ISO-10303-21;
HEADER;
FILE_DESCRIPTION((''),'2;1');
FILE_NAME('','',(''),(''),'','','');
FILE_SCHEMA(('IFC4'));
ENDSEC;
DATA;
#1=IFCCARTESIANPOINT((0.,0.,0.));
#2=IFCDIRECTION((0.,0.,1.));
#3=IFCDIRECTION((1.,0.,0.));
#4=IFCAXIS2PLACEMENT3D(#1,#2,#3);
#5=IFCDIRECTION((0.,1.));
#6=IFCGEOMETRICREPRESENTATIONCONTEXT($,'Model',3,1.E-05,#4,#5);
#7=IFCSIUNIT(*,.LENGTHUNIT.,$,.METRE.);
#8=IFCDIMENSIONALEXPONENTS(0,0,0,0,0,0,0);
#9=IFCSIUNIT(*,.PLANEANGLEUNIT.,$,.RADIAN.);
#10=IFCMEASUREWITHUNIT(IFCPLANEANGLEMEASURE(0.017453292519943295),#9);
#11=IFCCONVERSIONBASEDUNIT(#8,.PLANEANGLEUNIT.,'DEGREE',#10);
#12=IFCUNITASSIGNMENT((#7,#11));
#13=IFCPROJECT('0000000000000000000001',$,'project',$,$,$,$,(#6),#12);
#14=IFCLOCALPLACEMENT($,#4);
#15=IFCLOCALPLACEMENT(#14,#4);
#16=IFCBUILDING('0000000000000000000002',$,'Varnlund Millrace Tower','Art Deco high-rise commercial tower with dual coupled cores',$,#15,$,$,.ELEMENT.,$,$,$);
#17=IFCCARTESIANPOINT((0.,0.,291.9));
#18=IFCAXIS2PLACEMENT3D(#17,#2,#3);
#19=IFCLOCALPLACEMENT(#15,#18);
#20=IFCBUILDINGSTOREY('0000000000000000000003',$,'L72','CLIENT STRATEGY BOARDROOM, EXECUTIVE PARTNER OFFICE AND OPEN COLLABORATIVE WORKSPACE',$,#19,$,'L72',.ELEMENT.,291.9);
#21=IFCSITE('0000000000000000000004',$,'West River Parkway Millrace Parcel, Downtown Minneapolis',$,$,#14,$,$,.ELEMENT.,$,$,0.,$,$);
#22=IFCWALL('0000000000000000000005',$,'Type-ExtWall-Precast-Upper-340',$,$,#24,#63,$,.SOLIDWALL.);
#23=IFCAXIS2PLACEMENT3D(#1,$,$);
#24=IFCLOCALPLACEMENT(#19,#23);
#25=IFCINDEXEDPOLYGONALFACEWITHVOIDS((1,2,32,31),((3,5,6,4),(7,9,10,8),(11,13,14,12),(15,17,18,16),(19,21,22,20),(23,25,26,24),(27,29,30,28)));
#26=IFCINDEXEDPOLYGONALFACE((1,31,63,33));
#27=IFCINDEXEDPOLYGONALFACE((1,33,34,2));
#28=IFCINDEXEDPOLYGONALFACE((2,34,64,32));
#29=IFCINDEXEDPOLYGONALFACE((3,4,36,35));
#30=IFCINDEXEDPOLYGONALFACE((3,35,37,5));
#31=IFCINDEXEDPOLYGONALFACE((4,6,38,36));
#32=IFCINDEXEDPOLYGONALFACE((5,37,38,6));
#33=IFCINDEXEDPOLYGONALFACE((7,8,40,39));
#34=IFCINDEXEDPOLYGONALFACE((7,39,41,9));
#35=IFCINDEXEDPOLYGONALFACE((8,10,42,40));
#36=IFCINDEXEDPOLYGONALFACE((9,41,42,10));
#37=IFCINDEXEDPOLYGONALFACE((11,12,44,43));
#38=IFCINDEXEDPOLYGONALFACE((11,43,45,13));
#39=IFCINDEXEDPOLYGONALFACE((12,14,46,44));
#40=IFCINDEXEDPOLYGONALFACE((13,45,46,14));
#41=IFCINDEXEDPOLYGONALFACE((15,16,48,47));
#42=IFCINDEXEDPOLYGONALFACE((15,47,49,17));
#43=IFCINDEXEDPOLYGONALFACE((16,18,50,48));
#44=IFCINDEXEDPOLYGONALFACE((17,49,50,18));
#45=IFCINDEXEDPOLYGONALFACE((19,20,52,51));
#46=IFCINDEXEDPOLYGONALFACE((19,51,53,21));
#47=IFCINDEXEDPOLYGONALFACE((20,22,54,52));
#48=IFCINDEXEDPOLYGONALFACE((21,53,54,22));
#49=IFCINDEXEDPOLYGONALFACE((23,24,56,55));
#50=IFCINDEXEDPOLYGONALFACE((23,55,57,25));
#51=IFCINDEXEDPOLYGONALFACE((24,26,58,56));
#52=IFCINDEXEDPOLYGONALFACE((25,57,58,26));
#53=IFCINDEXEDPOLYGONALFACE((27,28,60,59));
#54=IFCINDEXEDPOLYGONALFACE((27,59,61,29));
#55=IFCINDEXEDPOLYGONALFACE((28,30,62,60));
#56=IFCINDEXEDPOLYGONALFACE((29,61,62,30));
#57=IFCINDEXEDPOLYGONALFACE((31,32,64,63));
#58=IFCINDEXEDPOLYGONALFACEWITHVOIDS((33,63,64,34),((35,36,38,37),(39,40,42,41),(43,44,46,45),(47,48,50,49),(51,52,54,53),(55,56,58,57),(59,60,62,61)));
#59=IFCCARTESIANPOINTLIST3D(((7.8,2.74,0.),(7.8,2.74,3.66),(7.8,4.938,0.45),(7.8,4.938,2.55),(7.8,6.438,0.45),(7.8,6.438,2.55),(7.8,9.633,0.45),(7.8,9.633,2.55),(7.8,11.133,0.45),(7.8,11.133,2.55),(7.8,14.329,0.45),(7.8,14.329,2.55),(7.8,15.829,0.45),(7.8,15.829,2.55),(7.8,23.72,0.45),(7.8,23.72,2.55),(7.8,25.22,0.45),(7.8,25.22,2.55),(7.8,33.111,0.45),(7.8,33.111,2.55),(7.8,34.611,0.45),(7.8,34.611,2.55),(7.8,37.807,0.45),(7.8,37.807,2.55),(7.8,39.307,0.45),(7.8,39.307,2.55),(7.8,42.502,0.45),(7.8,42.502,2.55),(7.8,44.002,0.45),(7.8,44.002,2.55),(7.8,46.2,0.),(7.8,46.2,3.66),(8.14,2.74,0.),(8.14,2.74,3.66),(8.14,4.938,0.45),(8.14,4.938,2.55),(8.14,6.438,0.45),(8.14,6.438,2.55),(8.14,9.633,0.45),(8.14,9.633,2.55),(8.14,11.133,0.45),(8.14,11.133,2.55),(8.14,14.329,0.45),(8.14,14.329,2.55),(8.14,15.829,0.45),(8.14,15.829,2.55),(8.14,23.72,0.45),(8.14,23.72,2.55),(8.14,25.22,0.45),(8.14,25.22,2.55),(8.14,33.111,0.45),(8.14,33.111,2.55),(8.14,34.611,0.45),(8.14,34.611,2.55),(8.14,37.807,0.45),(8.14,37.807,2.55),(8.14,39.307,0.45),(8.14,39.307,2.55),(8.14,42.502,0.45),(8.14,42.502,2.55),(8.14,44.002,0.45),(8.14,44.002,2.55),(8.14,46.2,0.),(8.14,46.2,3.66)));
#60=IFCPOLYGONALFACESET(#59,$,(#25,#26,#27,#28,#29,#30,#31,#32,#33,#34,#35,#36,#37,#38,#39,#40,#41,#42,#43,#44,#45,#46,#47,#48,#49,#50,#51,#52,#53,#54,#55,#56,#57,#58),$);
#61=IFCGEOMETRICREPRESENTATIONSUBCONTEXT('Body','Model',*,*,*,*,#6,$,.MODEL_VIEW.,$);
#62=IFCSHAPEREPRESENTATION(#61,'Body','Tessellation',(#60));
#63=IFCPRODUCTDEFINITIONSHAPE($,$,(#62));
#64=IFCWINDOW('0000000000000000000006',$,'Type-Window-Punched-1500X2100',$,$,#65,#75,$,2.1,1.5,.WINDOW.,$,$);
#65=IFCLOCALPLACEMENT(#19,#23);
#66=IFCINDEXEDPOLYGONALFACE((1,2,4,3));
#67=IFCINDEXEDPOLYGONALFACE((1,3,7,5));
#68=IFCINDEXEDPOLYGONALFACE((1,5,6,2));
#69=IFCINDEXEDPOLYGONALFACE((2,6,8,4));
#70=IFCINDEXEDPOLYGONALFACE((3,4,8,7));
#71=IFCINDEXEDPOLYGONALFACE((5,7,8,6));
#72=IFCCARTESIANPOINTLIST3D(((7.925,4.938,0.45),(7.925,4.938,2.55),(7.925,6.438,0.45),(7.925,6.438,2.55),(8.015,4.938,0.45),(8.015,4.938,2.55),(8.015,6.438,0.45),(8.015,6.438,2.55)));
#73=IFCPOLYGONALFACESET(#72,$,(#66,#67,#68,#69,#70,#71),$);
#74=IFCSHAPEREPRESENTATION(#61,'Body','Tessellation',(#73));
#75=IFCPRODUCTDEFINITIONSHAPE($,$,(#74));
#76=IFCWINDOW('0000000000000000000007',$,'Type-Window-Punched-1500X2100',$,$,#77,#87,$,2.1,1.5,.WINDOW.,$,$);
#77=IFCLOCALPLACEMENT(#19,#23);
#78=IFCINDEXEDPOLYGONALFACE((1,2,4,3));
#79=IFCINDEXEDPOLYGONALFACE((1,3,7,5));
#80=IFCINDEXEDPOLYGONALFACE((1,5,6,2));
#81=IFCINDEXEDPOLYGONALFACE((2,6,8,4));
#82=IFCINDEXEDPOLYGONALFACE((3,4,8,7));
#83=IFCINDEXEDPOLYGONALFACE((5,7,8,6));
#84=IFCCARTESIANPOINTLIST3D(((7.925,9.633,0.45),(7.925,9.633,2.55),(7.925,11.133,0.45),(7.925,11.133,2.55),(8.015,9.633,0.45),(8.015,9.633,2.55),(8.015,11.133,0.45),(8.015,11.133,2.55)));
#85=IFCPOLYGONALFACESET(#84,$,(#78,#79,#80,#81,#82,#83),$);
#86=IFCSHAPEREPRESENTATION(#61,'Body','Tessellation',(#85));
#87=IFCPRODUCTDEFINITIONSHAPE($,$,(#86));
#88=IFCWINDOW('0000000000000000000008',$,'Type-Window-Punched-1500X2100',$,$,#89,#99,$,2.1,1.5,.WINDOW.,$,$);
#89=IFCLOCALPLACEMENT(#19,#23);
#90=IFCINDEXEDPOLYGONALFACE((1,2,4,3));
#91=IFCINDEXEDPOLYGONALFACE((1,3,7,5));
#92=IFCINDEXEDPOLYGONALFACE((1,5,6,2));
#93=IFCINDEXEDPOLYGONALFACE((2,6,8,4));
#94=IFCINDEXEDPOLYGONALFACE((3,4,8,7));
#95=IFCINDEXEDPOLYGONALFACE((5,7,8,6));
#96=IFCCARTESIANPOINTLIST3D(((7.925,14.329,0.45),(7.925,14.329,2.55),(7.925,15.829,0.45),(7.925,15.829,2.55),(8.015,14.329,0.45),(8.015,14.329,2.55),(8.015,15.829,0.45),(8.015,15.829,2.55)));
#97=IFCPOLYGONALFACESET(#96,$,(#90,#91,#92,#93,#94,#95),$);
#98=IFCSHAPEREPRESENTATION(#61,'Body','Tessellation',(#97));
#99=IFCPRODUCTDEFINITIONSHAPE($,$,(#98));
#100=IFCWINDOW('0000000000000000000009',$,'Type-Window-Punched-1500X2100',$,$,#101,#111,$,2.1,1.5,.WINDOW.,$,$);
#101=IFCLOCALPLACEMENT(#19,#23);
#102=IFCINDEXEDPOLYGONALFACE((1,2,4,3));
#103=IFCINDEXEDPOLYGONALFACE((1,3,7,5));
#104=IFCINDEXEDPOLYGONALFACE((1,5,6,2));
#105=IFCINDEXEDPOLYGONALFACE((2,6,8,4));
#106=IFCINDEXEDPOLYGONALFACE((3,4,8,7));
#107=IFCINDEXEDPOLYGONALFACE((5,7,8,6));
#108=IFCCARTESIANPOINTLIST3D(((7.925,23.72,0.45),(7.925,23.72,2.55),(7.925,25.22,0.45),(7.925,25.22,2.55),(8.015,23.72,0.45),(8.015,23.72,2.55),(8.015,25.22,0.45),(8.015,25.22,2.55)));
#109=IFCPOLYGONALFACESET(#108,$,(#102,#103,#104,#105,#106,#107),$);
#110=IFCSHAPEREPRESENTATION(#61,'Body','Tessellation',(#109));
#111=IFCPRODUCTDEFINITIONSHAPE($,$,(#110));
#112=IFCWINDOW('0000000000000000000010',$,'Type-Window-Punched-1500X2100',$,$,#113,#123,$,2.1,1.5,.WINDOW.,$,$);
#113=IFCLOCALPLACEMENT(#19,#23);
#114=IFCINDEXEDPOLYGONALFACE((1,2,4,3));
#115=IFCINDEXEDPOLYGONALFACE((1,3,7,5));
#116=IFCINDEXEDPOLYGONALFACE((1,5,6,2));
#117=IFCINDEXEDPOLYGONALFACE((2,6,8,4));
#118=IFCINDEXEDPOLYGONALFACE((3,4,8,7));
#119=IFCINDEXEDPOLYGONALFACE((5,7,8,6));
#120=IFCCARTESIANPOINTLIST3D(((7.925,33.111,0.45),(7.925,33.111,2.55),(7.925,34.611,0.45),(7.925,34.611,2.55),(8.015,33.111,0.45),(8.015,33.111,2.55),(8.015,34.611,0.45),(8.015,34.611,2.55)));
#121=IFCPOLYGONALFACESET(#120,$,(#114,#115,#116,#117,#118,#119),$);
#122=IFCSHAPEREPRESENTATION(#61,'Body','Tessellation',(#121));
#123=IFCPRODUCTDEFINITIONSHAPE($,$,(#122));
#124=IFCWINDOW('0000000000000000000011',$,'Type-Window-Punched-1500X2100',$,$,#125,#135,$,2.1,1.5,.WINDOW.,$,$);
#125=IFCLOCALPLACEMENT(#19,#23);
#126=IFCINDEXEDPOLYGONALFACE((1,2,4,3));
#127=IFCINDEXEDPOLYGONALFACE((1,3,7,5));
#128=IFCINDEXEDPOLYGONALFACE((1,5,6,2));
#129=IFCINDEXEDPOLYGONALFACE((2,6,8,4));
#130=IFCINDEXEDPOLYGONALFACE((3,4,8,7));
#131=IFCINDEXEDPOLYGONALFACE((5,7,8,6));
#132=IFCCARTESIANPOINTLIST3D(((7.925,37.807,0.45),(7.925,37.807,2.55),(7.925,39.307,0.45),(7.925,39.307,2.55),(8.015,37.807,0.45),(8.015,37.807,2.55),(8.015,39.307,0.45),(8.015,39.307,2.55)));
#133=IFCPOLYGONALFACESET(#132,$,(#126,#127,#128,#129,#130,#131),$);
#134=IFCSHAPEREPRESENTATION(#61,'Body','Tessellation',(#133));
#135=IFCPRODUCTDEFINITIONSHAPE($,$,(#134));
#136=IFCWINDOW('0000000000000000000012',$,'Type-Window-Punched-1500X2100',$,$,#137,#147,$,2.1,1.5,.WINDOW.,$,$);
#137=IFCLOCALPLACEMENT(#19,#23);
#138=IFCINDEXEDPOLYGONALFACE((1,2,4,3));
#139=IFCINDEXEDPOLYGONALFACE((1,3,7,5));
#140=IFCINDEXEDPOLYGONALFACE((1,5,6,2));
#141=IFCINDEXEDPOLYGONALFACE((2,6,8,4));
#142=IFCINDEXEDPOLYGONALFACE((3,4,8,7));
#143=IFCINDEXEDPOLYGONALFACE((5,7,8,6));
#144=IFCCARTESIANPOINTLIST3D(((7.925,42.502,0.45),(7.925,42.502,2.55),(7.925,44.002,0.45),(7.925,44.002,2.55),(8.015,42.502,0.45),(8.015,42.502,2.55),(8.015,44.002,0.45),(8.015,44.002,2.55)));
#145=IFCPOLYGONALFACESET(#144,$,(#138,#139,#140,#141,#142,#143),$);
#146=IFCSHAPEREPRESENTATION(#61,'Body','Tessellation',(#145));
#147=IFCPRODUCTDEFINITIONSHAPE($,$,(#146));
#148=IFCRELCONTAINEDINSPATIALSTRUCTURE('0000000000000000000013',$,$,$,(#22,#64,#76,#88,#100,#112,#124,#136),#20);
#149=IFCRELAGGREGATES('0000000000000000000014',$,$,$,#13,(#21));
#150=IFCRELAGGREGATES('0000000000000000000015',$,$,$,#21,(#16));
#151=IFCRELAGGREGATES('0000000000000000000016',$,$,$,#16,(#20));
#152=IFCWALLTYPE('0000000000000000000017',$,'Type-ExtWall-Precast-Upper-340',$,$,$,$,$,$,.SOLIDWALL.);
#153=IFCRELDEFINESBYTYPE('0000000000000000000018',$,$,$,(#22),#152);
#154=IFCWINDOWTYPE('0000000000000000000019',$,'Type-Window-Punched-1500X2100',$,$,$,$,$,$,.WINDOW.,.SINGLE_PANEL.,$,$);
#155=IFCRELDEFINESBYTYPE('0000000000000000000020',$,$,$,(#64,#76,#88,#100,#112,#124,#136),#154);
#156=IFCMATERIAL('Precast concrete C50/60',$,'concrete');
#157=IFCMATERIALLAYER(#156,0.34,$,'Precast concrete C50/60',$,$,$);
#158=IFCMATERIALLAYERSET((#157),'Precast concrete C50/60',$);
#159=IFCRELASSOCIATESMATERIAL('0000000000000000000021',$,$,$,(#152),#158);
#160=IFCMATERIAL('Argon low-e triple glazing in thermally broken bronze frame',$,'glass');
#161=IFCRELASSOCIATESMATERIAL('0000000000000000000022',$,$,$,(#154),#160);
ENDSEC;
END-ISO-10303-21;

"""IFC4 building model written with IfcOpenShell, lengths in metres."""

from ifc_helpers import new_model, entity, si_unit, converted_unit, direction, frame, origin_with_axes, origin_2d_with_axis, place, context, subcontext, project, spatial, polyline, rectangle, outline, extrude, material, layer, layer_set, type_object, element, fill, save


model = new_model("IFC4")

# Units and contexts
model_context = context("Model", 3, precision=1e-05, world=origin_with_axes(), true_north=direction((0.0, 1.0)))
body_context = subcontext(model_context, "Body", "Model", "MODEL_VIEW")
ifc_project = project(units=[si_unit("LENGTHUNIT", "METRE"), converted_unit("PLANEANGLEUNIT", "DEGREE", entity("IfcPlaneAngleMeasure", 0.017453292519943295), si_unit("PLANEANGLEUNIT", "RADIAN"), dimensions=[0, 0, 0, 0, 0, 0, 0])], contexts=[model_context])

# Site, building, storey
site_placement = place(None, origin_with_axes())
site = spatial("IfcSite", under=ifc_project, at=site_placement, Name="West River Parkway Millrace Parcel, Downtown Minneapolis", CompositionType="ELEMENT", RefElevation=0.0)
building_placement = place(site_placement, origin_with_axes())
building = spatial("IfcBuilding", under=site, at=building_placement, Name="Varnlund Millrace Tower", Description="Art Deco high-rise commercial tower with dual coupled cores", CompositionType="ELEMENT")
storey_placement = place(building_placement, frame((0.0, 0.0, 291.9), z_axis=(0.0, 0.0, 1.0), x_axis=(1.0, 0.0, 0.0)))
storey = spatial("IfcBuildingStorey", under=building, at=storey_placement, Name="L72", Description="CLIENT STRATEGY BOARDROOM, EXECUTIVE PARTNER OFFICE AND OPEN COLLABORATIVE WORKSPACE", LongName="L72", CompositionType="ELEMENT", Elevation=291.9)

# Shared definitions
ifc_material_1 = material(Name="Precast concrete C50/60", Category="concrete")
ifc_layer_1 = layer(ifc_material_1, 0.34, Name="Precast concrete C50/60")
ifc_layer_set_1 = layer_set([ifc_layer_1], Name="Precast concrete C50/60")
wall_type_1 = type_object("IfcWallType", Name="Type-ExtWall-Precast-Upper-340", PredefinedType="SOLIDWALL", material=ifc_layer_set_1)

# Wall, openings, windows
wall_1_placement = place(storey_placement, frame((7.97, 2.74, 0.0), z_axis=(0.0, 0.0, 1.0), x_axis=(0.0, 1.0, 0.0)))
wall_1 = element("IfcWall", 1, at=wall_1_placement, inside=storey, type_object=wall_type_1, Name="Type-ExtWall-Precast-Upper-340", PredefinedType="SOLIDWALL", context=body_context, shape_type="SweptSolid", body=[
    extrude(outline(polyline([(0.0, -0.17), (43.46, -0.17), (43.46, 0.17), (0.0, 0.17), (0.0, -0.17)])), origin_with_axes(), (0.0, 0.0, 1.0), 3.66),
])
opening_1_placement = place(wall_1_placement, frame((2.948, 0.0, 0.45), z_axis=(0.0, 0.0, 1.0), x_axis=(1.0, 0.0, 0.0)))
opening_1 = element("IfcOpeningElement", 2, at=opening_1_placement, cuts=wall_1, PredefinedType="OPENING", context=body_context, shape_type="SweptSolid", body=[
    extrude(rectangle(XDim=1.5, YDim=0.36, at=origin_2d_with_axis()), origin_with_axes(), (0.0, 0.0, 1.0), 2.1),
])
opening_2_placement = place(wall_1_placement, frame((7.643, 0.0, 0.45), z_axis=(0.0, 0.0, 1.0), x_axis=(1.0, 0.0, 0.0)))
opening_2 = element("IfcOpeningElement", 3, at=opening_2_placement, cuts=wall_1, PredefinedType="OPENING", context=body_context, shape_type="SweptSolid", body=[
    extrude(rectangle(XDim=1.5, YDim=0.36, at=origin_2d_with_axis()), origin_with_axes(), (0.0, 0.0, 1.0), 2.1),
])
opening_3_placement = place(wall_1_placement, frame((12.339, 0.0, 0.45), z_axis=(0.0, 0.0, 1.0), x_axis=(1.0, 0.0, 0.0)))
opening_3 = element("IfcOpeningElement", 4, at=opening_3_placement, cuts=wall_1, PredefinedType="OPENING", context=body_context, shape_type="SweptSolid", body=[
    extrude(rectangle(XDim=1.5, YDim=0.36, at=origin_2d_with_axis()), origin_with_axes(), (0.0, 0.0, 1.0), 2.1),
])
opening_4_placement = place(wall_1_placement, frame((21.73, 0.0, 0.45), z_axis=(0.0, 0.0, 1.0), x_axis=(1.0, 0.0, 0.0)))
opening_4 = element("IfcOpeningElement", 5, at=opening_4_placement, cuts=wall_1, PredefinedType="OPENING", context=body_context, shape_type="SweptSolid", body=[
    extrude(rectangle(XDim=1.5, YDim=0.36, at=origin_2d_with_axis()), origin_with_axes(), (0.0, 0.0, 1.0), 2.1),
])
opening_5_placement = place(wall_1_placement, frame((31.121, 0.0, 0.45), z_axis=(0.0, 0.0, 1.0), x_axis=(1.0, 0.0, 0.0)))
opening_5 = element("IfcOpeningElement", 6, at=opening_5_placement, cuts=wall_1, PredefinedType="OPENING", context=body_context, shape_type="SweptSolid", body=[
    extrude(rectangle(XDim=1.5, YDim=0.36, at=origin_2d_with_axis()), origin_with_axes(), (0.0, 0.0, 1.0), 2.1),
])
opening_6_placement = place(wall_1_placement, frame((35.817, 0.0, 0.45), z_axis=(0.0, 0.0, 1.0), x_axis=(1.0, 0.0, 0.0)))
opening_6 = element("IfcOpeningElement", 7, at=opening_6_placement, cuts=wall_1, PredefinedType="OPENING", context=body_context, shape_type="SweptSolid", body=[
    extrude(rectangle(XDim=1.5, YDim=0.36, at=origin_2d_with_axis()), origin_with_axes(), (0.0, 0.0, 1.0), 2.1),
])
opening_7_placement = place(wall_1_placement, frame((40.512, 0.0, 0.45), z_axis=(0.0, 0.0, 1.0), x_axis=(1.0, 0.0, 0.0)))
opening_7 = element("IfcOpeningElement", 8, at=opening_7_placement, cuts=wall_1, PredefinedType="OPENING", context=body_context, shape_type="SweptSolid", body=[
    extrude(rectangle(XDim=1.5, YDim=0.36, at=origin_2d_with_axis()), origin_with_axes(), (0.0, 0.0, 1.0), 2.1),
])
ifc_material_2 = material(Name="Argon low-e triple glazing in thermally broken bronze frame", Category="glass")
window_type = type_object("IfcWindowType", Name="Type-Window-Punched-1500X2100", PartitioningType="SINGLE_PANEL", PredefinedType="WINDOW", material=ifc_material_2)
window_1_placement = place(wall_1_placement, frame((2.948, 0.0, 0.45), z_axis=(0.0, 0.0, 1.0), x_axis=(1.0, 0.0, 0.0)))
window_1 = element("IfcWindow", 9, at=window_1_placement, inside=storey, type_object=window_type, Name="Type-Window-Punched-1500X2100", OverallHeight=2.1, OverallWidth=1.5, PredefinedType="WINDOW", context=body_context, shape_type="SweptSolid", body=[
    extrude(rectangle(XDim=1.5, YDim=0.09, at=origin_2d_with_axis()), origin_with_axes(), (0.0, 0.0, 1.0), 2.1),
])
fill(opening_1, window_1)
window_2_placement = place(wall_1_placement, frame((7.643, 0.0, 0.45), z_axis=(0.0, 0.0, 1.0), x_axis=(1.0, 0.0, 0.0)))
window_2 = element("IfcWindow", 10, at=window_2_placement, inside=storey, type_object=window_type, Name="Type-Window-Punched-1500X2100", OverallHeight=2.1, OverallWidth=1.5, PredefinedType="WINDOW", context=body_context, shape_type="SweptSolid", body=[
    extrude(rectangle(XDim=1.5, YDim=0.09, at=origin_2d_with_axis()), origin_with_axes(), (0.0, 0.0, 1.0), 2.1),
])
fill(opening_2, window_2)
window_3_placement = place(wall_1_placement, frame((12.339, 0.0, 0.45), z_axis=(0.0, 0.0, 1.0), x_axis=(1.0, 0.0, 0.0)))
window_3 = element("IfcWindow", 11, at=window_3_placement, inside=storey, type_object=window_type, Name="Type-Window-Punched-1500X2100", OverallHeight=2.1, OverallWidth=1.5, PredefinedType="WINDOW", context=body_context, shape_type="SweptSolid", body=[
    extrude(rectangle(XDim=1.5, YDim=0.09, at=origin_2d_with_axis()), origin_with_axes(), (0.0, 0.0, 1.0), 2.1),
])
fill(opening_3, window_3)
window_4_placement = place(wall_1_placement, frame((21.73, 0.0, 0.45), z_axis=(0.0, 0.0, 1.0), x_axis=(1.0, 0.0, 0.0)))
window_4 = element("IfcWindow", 12, at=window_4_placement, inside=storey, type_object=window_type, Name="Type-Window-Punched-1500X2100", OverallHeight=2.1, OverallWidth=1.5, PredefinedType="WINDOW", context=body_context, shape_type="SweptSolid", body=[
    extrude(rectangle(XDim=1.5, YDim=0.09, at=origin_2d_with_axis()), origin_with_axes(), (0.0, 0.0, 1.0), 2.1),
])
fill(opening_4, window_4)
window_5_placement = place(wall_1_placement, frame((31.121, 0.0, 0.45), z_axis=(0.0, 0.0, 1.0), x_axis=(1.0, 0.0, 0.0)))
window_5 = element("IfcWindow", 13, at=window_5_placement, inside=storey, type_object=window_type, Name="Type-Window-Punched-1500X2100", OverallHeight=2.1, OverallWidth=1.5, PredefinedType="WINDOW", context=body_context, shape_type="SweptSolid", body=[
    extrude(rectangle(XDim=1.5, YDim=0.09, at=origin_2d_with_axis()), origin_with_axes(), (0.0, 0.0, 1.0), 2.1),
])
fill(opening_5, window_5)
window_6_placement = place(wall_1_placement, frame((35.817, 0.0, 0.45), z_axis=(0.0, 0.0, 1.0), x_axis=(1.0, 0.0, 0.0)))
window_6 = element("IfcWindow", 14, at=window_6_placement, inside=storey, type_object=window_type, Name="Type-Window-Punched-1500X2100", OverallHeight=2.1, OverallWidth=1.5, PredefinedType="WINDOW", context=body_context, shape_type="SweptSolid", body=[
    extrude(rectangle(XDim=1.5, YDim=0.09, at=origin_2d_with_axis()), origin_with_axes(), (0.0, 0.0, 1.0), 2.1),
])
fill(opening_6, window_6)
window_7_placement = place(wall_1_placement, frame((40.512, 0.0, 0.45), z_axis=(0.0, 0.0, 1.0), x_axis=(1.0, 0.0, 0.0)))
window_7 = element("IfcWindow", 15, at=window_7_placement, inside=storey, type_object=window_type, Name="Type-Window-Punched-1500X2100", OverallHeight=2.1, OverallWidth=1.5, PredefinedType="WINDOW", context=body_context, shape_type="SweptSolid", body=[
    extrude(rectangle(XDim=1.5, YDim=0.09, at=origin_2d_with_axis()), origin_with_axes(), (0.0, 0.0, 1.0), 2.1),
])
fill(opening_7, window_7)

save(model, "model.ifc")
